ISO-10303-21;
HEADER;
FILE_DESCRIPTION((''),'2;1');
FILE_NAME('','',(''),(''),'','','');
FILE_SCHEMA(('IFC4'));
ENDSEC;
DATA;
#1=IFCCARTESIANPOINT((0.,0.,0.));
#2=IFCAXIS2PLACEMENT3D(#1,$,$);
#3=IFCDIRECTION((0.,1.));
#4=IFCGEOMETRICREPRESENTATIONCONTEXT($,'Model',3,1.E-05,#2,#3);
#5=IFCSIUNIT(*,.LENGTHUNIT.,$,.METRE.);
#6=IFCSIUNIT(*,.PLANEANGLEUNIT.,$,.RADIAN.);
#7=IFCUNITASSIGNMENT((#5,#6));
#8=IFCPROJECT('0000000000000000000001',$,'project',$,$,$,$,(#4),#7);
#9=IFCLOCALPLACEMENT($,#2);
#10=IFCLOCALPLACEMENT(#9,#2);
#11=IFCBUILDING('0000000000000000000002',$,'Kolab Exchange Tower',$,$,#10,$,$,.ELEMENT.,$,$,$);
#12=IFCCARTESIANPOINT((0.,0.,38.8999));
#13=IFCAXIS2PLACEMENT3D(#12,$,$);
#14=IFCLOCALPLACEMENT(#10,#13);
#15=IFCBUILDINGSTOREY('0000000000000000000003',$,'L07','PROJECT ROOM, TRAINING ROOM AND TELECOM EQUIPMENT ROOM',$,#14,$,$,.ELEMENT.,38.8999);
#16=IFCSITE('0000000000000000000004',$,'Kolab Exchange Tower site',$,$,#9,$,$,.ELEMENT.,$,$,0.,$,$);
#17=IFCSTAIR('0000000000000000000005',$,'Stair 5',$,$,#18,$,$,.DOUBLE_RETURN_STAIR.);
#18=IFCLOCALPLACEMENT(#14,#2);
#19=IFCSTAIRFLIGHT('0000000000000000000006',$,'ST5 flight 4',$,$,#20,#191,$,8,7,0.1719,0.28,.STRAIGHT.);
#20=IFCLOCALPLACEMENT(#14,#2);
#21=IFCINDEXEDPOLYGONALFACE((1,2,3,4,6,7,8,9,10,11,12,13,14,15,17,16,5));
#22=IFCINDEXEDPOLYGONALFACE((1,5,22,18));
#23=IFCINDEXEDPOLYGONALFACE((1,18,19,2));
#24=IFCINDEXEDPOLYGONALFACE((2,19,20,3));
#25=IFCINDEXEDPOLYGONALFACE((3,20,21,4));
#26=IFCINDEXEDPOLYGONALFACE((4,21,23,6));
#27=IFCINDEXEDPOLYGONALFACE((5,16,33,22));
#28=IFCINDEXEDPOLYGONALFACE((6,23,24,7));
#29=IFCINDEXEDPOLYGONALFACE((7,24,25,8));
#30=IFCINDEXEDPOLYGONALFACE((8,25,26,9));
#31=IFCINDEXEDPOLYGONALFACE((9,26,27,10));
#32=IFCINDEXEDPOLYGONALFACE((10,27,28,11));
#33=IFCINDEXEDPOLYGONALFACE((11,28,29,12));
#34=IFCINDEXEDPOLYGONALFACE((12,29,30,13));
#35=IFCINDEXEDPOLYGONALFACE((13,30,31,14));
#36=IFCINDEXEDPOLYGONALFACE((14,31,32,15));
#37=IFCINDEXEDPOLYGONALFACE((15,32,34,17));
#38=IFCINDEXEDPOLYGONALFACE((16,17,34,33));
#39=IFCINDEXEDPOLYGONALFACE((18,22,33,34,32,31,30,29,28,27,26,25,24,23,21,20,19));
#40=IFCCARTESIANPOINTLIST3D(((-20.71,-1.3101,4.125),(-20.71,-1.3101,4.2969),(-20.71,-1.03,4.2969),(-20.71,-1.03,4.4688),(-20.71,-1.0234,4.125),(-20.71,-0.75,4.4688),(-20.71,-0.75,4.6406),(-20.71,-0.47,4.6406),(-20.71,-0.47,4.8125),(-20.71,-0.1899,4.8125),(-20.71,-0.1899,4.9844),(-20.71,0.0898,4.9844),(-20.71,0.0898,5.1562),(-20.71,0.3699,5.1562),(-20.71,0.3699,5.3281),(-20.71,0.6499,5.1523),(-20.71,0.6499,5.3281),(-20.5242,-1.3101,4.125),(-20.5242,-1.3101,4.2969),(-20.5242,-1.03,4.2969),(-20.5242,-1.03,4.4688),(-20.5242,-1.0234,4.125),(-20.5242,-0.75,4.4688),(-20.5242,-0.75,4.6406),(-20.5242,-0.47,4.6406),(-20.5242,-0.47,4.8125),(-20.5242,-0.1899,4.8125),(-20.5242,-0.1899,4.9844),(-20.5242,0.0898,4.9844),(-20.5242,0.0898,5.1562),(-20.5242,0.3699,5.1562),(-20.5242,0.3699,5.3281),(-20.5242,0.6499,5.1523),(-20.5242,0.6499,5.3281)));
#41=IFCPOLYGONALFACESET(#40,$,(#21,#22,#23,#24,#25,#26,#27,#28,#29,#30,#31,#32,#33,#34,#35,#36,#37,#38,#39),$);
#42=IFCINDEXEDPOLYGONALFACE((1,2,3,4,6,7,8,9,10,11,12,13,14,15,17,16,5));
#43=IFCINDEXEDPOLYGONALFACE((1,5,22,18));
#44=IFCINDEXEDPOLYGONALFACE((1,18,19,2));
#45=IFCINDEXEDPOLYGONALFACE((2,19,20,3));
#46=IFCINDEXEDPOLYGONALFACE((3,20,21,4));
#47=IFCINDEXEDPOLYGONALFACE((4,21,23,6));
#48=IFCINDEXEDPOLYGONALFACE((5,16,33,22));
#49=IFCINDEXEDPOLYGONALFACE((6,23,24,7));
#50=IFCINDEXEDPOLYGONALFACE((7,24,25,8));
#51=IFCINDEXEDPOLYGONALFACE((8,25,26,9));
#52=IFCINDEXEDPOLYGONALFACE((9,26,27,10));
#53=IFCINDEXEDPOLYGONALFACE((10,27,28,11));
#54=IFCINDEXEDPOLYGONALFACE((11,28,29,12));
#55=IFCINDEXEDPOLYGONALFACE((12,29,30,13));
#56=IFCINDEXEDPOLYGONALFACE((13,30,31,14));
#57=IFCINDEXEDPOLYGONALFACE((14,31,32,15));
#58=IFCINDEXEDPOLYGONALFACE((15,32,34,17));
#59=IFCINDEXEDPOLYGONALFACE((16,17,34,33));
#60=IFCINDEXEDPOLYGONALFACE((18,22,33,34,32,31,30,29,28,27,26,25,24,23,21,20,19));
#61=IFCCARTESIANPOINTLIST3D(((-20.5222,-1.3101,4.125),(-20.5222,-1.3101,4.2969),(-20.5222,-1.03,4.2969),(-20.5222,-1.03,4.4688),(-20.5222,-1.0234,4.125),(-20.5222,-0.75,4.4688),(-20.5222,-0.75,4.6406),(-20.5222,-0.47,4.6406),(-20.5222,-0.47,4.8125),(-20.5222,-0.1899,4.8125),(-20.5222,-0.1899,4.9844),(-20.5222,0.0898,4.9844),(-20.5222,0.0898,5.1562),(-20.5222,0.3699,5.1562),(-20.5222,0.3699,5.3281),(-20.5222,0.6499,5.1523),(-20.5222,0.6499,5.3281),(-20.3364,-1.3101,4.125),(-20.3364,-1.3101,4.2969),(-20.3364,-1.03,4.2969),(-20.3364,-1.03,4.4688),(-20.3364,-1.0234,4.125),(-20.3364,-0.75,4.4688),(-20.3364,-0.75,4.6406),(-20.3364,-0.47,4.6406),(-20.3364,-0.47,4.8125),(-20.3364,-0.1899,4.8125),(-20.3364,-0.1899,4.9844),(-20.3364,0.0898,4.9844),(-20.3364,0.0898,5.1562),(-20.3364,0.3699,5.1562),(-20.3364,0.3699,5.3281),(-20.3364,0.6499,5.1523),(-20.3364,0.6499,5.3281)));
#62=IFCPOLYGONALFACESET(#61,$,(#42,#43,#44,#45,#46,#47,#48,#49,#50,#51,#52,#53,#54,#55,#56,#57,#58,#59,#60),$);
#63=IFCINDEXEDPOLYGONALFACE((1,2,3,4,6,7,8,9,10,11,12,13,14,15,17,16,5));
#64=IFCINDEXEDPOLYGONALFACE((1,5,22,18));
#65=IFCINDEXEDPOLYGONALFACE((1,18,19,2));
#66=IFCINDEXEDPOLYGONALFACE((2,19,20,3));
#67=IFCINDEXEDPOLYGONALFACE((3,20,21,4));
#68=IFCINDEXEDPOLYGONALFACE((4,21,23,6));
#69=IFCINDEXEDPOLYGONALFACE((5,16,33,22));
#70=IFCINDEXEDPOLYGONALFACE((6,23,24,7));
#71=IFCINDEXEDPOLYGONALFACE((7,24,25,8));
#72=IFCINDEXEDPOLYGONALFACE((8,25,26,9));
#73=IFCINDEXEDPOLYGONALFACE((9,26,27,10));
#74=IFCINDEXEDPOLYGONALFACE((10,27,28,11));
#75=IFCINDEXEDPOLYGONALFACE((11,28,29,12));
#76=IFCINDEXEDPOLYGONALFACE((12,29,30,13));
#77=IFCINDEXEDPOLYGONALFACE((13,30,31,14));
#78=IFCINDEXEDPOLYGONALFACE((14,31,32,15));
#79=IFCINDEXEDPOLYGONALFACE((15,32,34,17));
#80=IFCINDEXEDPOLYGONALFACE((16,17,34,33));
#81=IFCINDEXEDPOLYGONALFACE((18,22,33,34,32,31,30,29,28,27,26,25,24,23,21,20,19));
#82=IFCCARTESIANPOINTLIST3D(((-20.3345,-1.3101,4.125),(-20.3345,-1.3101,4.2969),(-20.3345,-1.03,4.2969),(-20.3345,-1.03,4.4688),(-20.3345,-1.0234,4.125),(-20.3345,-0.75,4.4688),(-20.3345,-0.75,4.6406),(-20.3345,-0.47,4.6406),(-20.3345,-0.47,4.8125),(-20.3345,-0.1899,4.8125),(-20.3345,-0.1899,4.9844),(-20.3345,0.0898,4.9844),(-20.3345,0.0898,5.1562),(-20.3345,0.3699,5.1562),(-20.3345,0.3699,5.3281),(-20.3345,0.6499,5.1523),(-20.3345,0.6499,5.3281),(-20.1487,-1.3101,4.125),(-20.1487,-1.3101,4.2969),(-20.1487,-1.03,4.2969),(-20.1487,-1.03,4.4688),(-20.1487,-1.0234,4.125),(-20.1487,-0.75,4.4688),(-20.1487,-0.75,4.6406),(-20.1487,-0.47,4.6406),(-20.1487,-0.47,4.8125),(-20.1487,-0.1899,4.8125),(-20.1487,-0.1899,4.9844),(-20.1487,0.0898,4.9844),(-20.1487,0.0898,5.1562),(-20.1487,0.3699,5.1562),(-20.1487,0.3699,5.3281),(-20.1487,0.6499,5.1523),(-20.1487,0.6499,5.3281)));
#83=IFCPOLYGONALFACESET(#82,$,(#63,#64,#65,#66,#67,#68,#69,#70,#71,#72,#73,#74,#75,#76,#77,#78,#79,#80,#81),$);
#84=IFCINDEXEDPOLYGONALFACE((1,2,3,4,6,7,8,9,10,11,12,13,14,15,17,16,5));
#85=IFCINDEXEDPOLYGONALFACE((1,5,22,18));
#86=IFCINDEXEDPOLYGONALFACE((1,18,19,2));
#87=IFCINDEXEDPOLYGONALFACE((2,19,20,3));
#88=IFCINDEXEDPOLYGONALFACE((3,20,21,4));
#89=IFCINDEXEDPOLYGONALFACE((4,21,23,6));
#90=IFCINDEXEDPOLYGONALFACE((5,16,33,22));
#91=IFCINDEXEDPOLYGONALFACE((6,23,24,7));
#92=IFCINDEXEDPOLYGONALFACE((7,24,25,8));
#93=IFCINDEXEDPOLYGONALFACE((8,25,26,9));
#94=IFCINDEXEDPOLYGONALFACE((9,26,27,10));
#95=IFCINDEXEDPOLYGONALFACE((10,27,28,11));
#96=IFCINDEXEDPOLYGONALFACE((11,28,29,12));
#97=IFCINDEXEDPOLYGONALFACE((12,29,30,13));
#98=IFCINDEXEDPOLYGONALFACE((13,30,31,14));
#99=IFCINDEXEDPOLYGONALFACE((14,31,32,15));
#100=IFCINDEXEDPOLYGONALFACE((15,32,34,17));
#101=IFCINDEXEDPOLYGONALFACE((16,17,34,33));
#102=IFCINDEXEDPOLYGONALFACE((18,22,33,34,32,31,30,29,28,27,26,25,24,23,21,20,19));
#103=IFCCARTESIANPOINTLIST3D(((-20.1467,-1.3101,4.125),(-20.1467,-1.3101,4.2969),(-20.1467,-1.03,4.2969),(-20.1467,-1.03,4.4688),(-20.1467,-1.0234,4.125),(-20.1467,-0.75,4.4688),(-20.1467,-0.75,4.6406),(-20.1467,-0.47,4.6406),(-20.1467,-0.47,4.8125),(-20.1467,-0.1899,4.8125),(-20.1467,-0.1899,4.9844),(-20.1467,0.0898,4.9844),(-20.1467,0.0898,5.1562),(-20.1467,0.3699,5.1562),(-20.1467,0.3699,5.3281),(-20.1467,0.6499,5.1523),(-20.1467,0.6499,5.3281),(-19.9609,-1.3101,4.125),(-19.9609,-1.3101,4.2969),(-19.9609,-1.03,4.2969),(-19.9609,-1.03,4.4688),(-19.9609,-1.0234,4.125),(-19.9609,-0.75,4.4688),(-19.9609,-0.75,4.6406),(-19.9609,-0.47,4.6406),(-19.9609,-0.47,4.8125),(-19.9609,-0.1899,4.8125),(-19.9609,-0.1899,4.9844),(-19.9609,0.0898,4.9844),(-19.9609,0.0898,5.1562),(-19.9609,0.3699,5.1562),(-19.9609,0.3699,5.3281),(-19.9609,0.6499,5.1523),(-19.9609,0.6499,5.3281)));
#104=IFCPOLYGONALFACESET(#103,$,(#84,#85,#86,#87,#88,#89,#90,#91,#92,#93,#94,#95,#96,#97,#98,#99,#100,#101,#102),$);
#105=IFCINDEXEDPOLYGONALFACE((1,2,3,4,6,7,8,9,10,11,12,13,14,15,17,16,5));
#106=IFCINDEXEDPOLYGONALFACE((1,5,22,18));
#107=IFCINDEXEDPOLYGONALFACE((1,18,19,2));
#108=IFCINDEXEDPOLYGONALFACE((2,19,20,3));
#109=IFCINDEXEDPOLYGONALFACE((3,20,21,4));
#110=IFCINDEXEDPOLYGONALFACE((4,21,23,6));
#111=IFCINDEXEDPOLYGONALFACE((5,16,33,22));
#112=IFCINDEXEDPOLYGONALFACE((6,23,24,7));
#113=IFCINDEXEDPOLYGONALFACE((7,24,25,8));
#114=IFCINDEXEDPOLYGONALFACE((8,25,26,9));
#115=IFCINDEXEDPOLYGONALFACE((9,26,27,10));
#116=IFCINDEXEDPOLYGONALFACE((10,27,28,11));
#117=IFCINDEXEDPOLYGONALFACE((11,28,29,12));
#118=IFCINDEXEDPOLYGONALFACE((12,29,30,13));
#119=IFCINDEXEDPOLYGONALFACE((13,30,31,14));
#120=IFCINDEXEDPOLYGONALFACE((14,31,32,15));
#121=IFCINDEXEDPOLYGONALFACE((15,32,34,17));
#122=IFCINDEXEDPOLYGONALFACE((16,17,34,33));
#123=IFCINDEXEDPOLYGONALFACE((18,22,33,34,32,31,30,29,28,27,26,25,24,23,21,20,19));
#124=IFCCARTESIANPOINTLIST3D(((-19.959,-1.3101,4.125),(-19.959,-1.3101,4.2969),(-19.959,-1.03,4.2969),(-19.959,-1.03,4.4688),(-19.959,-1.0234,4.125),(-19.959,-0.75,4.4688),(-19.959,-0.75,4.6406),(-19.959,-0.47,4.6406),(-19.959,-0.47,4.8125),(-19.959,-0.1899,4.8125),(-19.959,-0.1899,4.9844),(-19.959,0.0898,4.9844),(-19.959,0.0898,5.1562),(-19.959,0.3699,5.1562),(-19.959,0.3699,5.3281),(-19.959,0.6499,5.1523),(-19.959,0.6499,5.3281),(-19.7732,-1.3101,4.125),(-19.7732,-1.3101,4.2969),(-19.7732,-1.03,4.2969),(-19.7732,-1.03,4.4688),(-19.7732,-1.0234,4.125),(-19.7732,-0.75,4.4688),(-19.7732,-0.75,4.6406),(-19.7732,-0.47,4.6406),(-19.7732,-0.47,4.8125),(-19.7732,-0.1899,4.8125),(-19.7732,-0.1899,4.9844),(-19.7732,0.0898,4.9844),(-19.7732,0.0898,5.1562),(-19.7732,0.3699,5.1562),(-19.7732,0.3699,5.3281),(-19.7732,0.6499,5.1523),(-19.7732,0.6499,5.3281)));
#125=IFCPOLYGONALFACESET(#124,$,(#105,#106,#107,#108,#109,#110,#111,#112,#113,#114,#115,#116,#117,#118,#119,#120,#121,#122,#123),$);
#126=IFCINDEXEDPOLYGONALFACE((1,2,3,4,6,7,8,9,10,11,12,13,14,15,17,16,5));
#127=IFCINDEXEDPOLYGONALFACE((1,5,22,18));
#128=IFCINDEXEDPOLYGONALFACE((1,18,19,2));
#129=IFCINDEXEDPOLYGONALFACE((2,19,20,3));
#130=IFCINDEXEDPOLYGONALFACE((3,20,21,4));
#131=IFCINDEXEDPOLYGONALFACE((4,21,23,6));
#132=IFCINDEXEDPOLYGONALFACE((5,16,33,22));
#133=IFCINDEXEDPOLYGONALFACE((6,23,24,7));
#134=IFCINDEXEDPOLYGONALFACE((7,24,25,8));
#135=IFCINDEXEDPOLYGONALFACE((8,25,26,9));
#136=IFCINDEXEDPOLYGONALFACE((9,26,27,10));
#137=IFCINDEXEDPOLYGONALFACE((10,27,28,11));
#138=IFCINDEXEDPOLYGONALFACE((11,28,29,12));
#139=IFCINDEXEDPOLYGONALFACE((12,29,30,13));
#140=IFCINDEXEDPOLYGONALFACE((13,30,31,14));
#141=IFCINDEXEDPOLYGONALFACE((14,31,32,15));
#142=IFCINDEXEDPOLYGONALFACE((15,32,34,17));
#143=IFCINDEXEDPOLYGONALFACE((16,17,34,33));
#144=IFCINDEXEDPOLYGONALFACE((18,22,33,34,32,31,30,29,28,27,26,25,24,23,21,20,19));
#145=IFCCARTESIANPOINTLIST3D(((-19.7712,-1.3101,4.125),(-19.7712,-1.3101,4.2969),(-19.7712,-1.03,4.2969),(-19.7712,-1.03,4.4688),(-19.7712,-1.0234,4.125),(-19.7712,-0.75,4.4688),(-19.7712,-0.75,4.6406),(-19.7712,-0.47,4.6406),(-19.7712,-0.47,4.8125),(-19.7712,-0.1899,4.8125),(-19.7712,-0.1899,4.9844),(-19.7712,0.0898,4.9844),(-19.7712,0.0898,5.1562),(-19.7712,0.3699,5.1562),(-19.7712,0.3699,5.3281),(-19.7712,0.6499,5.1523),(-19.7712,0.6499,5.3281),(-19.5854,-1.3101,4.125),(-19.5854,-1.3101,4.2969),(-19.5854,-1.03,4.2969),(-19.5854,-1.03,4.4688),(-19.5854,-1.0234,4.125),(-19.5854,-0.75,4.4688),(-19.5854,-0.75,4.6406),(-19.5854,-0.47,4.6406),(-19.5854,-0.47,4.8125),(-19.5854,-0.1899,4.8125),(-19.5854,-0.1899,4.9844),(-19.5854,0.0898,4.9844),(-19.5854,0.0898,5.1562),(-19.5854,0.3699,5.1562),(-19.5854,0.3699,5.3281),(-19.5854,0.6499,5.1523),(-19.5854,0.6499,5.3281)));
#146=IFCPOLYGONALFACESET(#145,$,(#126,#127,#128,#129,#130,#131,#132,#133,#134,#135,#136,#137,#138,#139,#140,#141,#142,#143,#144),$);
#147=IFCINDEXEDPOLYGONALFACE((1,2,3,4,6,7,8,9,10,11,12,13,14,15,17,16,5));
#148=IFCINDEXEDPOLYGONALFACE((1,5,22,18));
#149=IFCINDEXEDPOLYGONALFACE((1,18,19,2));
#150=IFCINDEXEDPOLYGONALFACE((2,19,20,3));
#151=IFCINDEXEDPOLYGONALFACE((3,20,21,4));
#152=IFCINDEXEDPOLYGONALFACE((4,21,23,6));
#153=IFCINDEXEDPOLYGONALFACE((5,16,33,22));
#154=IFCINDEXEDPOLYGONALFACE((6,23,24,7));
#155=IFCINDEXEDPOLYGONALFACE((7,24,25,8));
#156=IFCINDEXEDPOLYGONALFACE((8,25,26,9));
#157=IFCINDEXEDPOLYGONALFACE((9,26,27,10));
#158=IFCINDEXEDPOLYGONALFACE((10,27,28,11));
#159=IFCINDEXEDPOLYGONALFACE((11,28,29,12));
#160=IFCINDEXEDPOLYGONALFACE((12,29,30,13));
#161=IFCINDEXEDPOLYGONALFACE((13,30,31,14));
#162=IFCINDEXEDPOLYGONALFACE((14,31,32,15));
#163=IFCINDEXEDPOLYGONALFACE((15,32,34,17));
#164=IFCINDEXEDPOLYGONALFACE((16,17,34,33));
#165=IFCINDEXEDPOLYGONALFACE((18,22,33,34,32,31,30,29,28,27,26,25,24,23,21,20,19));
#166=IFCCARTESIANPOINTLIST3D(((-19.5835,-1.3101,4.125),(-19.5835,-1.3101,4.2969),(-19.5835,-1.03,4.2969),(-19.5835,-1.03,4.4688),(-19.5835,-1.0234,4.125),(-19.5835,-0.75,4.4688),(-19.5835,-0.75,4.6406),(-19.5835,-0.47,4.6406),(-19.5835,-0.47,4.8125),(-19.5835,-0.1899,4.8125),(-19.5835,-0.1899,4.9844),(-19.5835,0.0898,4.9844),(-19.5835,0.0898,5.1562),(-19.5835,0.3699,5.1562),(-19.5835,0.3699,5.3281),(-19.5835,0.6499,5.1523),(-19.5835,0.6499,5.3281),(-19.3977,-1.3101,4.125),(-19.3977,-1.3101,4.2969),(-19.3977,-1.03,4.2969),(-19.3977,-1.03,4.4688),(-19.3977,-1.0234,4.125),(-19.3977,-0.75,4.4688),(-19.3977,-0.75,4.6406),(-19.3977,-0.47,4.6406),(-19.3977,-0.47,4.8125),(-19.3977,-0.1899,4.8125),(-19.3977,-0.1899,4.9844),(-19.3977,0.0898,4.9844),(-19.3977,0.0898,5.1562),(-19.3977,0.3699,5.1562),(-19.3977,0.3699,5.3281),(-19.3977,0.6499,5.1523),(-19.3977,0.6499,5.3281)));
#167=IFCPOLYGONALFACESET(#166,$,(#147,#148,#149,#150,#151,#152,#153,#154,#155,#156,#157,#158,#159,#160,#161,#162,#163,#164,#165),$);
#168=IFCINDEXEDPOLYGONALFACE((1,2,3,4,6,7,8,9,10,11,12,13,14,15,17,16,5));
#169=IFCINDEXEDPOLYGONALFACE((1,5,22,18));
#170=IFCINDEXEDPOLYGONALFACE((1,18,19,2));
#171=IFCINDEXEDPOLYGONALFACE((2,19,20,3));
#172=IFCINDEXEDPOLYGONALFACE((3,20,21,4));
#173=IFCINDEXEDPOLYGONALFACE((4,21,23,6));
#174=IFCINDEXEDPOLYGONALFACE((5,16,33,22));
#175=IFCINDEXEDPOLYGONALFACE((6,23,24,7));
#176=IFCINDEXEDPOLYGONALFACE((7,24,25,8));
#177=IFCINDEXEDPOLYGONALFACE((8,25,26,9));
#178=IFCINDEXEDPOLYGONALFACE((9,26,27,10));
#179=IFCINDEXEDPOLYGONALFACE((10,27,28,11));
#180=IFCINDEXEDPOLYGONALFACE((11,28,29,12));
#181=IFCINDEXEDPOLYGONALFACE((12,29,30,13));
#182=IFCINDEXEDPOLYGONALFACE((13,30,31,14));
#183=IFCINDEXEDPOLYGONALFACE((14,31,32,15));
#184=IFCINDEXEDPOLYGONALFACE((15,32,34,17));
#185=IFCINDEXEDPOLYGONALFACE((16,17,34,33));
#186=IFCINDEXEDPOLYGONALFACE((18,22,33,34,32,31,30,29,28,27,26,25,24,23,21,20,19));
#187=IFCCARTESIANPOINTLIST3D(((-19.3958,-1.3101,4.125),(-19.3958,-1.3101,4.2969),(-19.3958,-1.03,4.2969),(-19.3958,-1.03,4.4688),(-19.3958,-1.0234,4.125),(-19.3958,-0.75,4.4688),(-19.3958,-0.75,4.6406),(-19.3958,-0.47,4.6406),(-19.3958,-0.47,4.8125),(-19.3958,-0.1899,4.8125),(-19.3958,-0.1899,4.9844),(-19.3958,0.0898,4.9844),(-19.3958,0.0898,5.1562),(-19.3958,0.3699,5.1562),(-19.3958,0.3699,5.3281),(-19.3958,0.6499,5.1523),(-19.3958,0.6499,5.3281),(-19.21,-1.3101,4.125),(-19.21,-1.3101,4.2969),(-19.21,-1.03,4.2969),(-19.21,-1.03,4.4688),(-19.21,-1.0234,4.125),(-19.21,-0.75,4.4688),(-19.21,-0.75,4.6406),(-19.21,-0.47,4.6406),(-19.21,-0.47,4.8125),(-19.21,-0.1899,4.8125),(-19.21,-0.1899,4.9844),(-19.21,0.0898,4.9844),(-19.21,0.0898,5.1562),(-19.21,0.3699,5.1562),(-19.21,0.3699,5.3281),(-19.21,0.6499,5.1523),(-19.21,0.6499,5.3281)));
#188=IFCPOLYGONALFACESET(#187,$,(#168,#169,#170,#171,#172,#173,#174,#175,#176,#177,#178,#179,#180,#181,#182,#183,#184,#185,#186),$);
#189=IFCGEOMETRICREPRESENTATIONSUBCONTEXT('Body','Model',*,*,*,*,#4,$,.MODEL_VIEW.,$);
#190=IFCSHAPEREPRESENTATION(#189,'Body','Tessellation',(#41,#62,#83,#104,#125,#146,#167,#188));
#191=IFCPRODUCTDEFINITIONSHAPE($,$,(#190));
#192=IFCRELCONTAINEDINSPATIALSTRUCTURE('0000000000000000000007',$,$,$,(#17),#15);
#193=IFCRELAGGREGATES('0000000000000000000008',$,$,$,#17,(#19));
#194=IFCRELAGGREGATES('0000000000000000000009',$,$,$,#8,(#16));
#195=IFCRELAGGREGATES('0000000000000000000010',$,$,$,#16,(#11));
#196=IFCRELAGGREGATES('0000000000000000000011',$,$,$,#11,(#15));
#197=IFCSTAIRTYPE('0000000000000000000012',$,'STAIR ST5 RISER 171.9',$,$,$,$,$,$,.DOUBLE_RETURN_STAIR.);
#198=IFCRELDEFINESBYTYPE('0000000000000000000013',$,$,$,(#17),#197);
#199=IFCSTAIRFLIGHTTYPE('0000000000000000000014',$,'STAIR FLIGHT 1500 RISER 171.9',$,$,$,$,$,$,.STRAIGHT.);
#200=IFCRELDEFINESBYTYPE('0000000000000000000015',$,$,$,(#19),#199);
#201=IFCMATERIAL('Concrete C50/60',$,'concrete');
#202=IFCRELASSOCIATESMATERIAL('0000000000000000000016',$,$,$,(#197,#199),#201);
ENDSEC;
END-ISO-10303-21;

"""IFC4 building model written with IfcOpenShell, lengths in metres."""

from ifc_helpers import new_model, si_unit, direction, frame, origin, place, context, subcontext, project, spatial, polyline, outline, extrude, material, type_object, element, aggregate, save


model = new_model("IFC4")

# Units and contexts
model_context = context("Model", 3, precision=1e-05, world=origin(), true_north=direction((0.0, 1.0)))
body_context = subcontext(model_context, "Body", "Model", "MODEL_VIEW")
ifc_project = project(units=[si_unit("LENGTHUNIT", "METRE"), si_unit("PLANEANGLEUNIT", "RADIAN")], contexts=[model_context])

# Site, building, storey
site_placement = place(None, origin())
site = spatial("IfcSite", under=ifc_project, at=site_placement, Name="Kolab Exchange Tower site", CompositionType="ELEMENT", RefElevation=0.0)
building_placement = place(site_placement, origin())
building = spatial("IfcBuilding", under=site, at=building_placement, Name="Kolab Exchange Tower", CompositionType="ELEMENT")
storey_placement = place(building_placement, frame((0.0, 0.0, 38.8999)))
storey = spatial("IfcBuildingStorey", under=building, at=storey_placement, Name="L07", Description="PROJECT ROOM, TRAINING ROOM AND TELECOM EQUIPMENT ROOM", CompositionType="ELEMENT", Elevation=38.8999)

# Shared definitions
ifc_material_1 = material(Name="Concrete C50/60", Category="concrete")

# Stair, stair flight
stair_type = type_object("IfcStairType", Name="STAIR ST5 RISER 171.9", PredefinedType="DOUBLE_RETURN_STAIR", material=ifc_material_1)
stair_placement = place(storey_placement, origin())
stair = element("IfcStair", 1, at=stair_placement, inside=storey, type_object=stair_type, Name="Stair 5", PredefinedType="DOUBLE_RETURN_STAIR")
stair_flight_type = type_object("IfcStairFlightType", Name="STAIR FLIGHT 1500 RISER 171.9", PredefinedType="STRAIGHT", material=ifc_material_1)
stair_flight_1_placement = place(storey_placement, frame((-19.96, -1.3101, 4.125), z_axis=(0.0, 0.0, 1.0), x_axis=(0.0, 1.0, 0.0)))
stair_flight_1 = element("IfcStairFlight", 2, at=stair_flight_1_placement, type_object=stair_flight_type, Name="ST5 flight 4", NumberOfRisers=8, NumberOfTreads=7, PredefinedType="STRAIGHT", RiserHeight=0.1719, TreadLength=0.28, context=body_context, shape_type="SweptSolid", body=[
    extrude(outline(polyline([(0.0, 0.0), (0.0, 0.1719), (0.28, 0.1719), (0.28, 0.3438), (0.5601, 0.3438), (0.5601, 0.5156), (0.8401, 0.5156), (0.8401, 0.6875), (1.1201, 0.6875), (1.1201, 0.8594), (1.3999, 0.8594), (1.3999, 1.0312), (1.6799, 1.0312), (1.6799, 1.2031), (1.96, 1.2031), (1.96, 1.375), (1.96, 1.0273), (0.2866, 0.0), (0.0, 0.0)])), frame((0.0, 0.75, 0.0), z_axis=(0.0, -1.0, 0.0), x_axis=(1.0, 0.0, 0.0)), (0.0, 0.0, 1.0), 0.1858),
    extrude(outline(polyline([(0.0, 0.0), (0.0, 0.1719), (0.28, 0.1719), (0.28, 0.3438), (0.5601, 0.3438), (0.5601, 0.5156), (0.8401, 0.5156), (0.8401, 0.6875), (1.1201, 0.6875), (1.1201, 0.8594), (1.3999, 0.8594), (1.3999, 1.0312), (1.6799, 1.0312), (1.6799, 1.2031), (1.96, 1.2031), (1.96, 1.375), (1.96, 1.0273), (0.2866, 0.0), (0.0, 0.0)])), frame((0.0, 0.5623, 0.0), z_axis=(0.0, -1.0, 0.0), x_axis=(1.0, 0.0, 0.0)), (0.0, 0.0, 1.0), 0.1858),
    extrude(outline(polyline([(0.0, 0.0), (0.0, 0.1719), (0.28, 0.1719), (0.28, 0.3438), (0.5601, 0.3438), (0.5601, 0.5156), (0.8401, 0.5156), (0.8401, 0.6875), (1.1201, 0.6875), (1.1201, 0.8594), (1.3999, 0.8594), (1.3999, 1.0312), (1.6799, 1.0312), (1.6799, 1.2031), (1.96, 1.2031), (1.96, 1.375), (1.96, 1.0273), (0.2866, 0.0), (0.0, 0.0)])), frame((0.0, 0.3745, 0.0), z_axis=(0.0, -1.0, 0.0), x_axis=(1.0, 0.0, 0.0)), (0.0, 0.0, 1.0), 0.1858),
    extrude(outline(polyline([(0.0, 0.0), (0.0, 0.1719), (0.28, 0.1719), (0.28, 0.3438), (0.5601, 0.3438), (0.5601, 0.5156), (0.8401, 0.5156), (0.8401, 0.6875), (1.1201, 0.6875), (1.1201, 0.8594), (1.3999, 0.8594), (1.3999, 1.0312), (1.6799, 1.0312), (1.6799, 1.2031), (1.96, 1.2031), (1.96, 1.375), (1.96, 1.0273), (0.2866, 0.0), (0.0, 0.0)])), frame((0.0, 0.1868, 0.0), z_axis=(0.0, -1.0, 0.0), x_axis=(1.0, 0.0, 0.0)), (0.0, 0.0, 1.0), 0.1858),
    extrude(outline(polyline([(0.0, 0.0), (0.0, 0.1719), (0.28, 0.1719), (0.28, 0.3438), (0.5601, 0.3438), (0.5601, 0.5156), (0.8401, 0.5156), (0.8401, 0.6875), (1.1201, 0.6875), (1.1201, 0.8594), (1.3999, 0.8594), (1.3999, 1.0312), (1.6799, 1.0312), (1.6799, 1.2031), (1.96, 1.2031), (1.96, 1.375), (1.96, 1.0273), (0.2866, 0.0), (0.0, 0.0)])), frame((0.0, -0.001, 0.0), z_axis=(0.0, -1.0, 0.0), x_axis=(1.0, 0.0, 0.0)), (0.0, 0.0, 1.0), 0.1858),
    extrude(outline(polyline([(0.0, 0.0), (0.0, 0.1719), (0.28, 0.1719), (0.28, 0.3438), (0.5601, 0.3438), (0.5601, 0.5156), (0.8401, 0.5156), (0.8401, 0.6875), (1.1201, 0.6875), (1.1201, 0.8594), (1.3999, 0.8594), (1.3999, 1.0312), (1.6799, 1.0312), (1.6799, 1.2031), (1.96, 1.2031), (1.96, 1.375), (1.96, 1.0273), (0.2866, 0.0), (0.0, 0.0)])), frame((0.0, -0.1887, 0.0), z_axis=(0.0, -1.0, 0.0), x_axis=(1.0, 0.0, 0.0)), (0.0, 0.0, 1.0), 0.1858),
    extrude(outline(polyline([(0.0, 0.0), (0.0, 0.1719), (0.28, 0.1719), (0.28, 0.3438), (0.5601, 0.3438), (0.5601, 0.5156), (0.8401, 0.5156), (0.8401, 0.6875), (1.1201, 0.6875), (1.1201, 0.8594), (1.3999, 0.8594), (1.3999, 1.0312), (1.6799, 1.0312), (1.6799, 1.2031), (1.96, 1.2031), (1.96, 1.375), (1.96, 1.0273), (0.2866, 0.0), (0.0, 0.0)])), frame((0.0, -0.3765, 0.0), z_axis=(0.0, -1.0, 0.0), x_axis=(1.0, 0.0, 0.0)), (0.0, 0.0, 1.0), 0.1858),
    extrude(outline(polyline([(0.0, 0.0), (0.0, 0.1719), (0.28, 0.1719), (0.28, 0.3438), (0.5601, 0.3438), (0.5601, 0.5156), (0.8401, 0.5156), (0.8401, 0.6875), (1.1201, 0.6875), (1.1201, 0.8594), (1.3999, 0.8594), (1.3999, 1.0312), (1.6799, 1.0312), (1.6799, 1.2031), (1.96, 1.2031), (1.96, 1.375), (1.96, 1.0273), (0.2866, 0.0), (0.0, 0.0)])), frame((0.0, -0.5642, 0.0), z_axis=(0.0, -1.0, 0.0), x_axis=(1.0, 0.0, 0.0)), (0.0, 0.0, 1.0), 0.1858),
])
aggregate(stair, [stair_flight_1])

save(model, "model.ifc")
